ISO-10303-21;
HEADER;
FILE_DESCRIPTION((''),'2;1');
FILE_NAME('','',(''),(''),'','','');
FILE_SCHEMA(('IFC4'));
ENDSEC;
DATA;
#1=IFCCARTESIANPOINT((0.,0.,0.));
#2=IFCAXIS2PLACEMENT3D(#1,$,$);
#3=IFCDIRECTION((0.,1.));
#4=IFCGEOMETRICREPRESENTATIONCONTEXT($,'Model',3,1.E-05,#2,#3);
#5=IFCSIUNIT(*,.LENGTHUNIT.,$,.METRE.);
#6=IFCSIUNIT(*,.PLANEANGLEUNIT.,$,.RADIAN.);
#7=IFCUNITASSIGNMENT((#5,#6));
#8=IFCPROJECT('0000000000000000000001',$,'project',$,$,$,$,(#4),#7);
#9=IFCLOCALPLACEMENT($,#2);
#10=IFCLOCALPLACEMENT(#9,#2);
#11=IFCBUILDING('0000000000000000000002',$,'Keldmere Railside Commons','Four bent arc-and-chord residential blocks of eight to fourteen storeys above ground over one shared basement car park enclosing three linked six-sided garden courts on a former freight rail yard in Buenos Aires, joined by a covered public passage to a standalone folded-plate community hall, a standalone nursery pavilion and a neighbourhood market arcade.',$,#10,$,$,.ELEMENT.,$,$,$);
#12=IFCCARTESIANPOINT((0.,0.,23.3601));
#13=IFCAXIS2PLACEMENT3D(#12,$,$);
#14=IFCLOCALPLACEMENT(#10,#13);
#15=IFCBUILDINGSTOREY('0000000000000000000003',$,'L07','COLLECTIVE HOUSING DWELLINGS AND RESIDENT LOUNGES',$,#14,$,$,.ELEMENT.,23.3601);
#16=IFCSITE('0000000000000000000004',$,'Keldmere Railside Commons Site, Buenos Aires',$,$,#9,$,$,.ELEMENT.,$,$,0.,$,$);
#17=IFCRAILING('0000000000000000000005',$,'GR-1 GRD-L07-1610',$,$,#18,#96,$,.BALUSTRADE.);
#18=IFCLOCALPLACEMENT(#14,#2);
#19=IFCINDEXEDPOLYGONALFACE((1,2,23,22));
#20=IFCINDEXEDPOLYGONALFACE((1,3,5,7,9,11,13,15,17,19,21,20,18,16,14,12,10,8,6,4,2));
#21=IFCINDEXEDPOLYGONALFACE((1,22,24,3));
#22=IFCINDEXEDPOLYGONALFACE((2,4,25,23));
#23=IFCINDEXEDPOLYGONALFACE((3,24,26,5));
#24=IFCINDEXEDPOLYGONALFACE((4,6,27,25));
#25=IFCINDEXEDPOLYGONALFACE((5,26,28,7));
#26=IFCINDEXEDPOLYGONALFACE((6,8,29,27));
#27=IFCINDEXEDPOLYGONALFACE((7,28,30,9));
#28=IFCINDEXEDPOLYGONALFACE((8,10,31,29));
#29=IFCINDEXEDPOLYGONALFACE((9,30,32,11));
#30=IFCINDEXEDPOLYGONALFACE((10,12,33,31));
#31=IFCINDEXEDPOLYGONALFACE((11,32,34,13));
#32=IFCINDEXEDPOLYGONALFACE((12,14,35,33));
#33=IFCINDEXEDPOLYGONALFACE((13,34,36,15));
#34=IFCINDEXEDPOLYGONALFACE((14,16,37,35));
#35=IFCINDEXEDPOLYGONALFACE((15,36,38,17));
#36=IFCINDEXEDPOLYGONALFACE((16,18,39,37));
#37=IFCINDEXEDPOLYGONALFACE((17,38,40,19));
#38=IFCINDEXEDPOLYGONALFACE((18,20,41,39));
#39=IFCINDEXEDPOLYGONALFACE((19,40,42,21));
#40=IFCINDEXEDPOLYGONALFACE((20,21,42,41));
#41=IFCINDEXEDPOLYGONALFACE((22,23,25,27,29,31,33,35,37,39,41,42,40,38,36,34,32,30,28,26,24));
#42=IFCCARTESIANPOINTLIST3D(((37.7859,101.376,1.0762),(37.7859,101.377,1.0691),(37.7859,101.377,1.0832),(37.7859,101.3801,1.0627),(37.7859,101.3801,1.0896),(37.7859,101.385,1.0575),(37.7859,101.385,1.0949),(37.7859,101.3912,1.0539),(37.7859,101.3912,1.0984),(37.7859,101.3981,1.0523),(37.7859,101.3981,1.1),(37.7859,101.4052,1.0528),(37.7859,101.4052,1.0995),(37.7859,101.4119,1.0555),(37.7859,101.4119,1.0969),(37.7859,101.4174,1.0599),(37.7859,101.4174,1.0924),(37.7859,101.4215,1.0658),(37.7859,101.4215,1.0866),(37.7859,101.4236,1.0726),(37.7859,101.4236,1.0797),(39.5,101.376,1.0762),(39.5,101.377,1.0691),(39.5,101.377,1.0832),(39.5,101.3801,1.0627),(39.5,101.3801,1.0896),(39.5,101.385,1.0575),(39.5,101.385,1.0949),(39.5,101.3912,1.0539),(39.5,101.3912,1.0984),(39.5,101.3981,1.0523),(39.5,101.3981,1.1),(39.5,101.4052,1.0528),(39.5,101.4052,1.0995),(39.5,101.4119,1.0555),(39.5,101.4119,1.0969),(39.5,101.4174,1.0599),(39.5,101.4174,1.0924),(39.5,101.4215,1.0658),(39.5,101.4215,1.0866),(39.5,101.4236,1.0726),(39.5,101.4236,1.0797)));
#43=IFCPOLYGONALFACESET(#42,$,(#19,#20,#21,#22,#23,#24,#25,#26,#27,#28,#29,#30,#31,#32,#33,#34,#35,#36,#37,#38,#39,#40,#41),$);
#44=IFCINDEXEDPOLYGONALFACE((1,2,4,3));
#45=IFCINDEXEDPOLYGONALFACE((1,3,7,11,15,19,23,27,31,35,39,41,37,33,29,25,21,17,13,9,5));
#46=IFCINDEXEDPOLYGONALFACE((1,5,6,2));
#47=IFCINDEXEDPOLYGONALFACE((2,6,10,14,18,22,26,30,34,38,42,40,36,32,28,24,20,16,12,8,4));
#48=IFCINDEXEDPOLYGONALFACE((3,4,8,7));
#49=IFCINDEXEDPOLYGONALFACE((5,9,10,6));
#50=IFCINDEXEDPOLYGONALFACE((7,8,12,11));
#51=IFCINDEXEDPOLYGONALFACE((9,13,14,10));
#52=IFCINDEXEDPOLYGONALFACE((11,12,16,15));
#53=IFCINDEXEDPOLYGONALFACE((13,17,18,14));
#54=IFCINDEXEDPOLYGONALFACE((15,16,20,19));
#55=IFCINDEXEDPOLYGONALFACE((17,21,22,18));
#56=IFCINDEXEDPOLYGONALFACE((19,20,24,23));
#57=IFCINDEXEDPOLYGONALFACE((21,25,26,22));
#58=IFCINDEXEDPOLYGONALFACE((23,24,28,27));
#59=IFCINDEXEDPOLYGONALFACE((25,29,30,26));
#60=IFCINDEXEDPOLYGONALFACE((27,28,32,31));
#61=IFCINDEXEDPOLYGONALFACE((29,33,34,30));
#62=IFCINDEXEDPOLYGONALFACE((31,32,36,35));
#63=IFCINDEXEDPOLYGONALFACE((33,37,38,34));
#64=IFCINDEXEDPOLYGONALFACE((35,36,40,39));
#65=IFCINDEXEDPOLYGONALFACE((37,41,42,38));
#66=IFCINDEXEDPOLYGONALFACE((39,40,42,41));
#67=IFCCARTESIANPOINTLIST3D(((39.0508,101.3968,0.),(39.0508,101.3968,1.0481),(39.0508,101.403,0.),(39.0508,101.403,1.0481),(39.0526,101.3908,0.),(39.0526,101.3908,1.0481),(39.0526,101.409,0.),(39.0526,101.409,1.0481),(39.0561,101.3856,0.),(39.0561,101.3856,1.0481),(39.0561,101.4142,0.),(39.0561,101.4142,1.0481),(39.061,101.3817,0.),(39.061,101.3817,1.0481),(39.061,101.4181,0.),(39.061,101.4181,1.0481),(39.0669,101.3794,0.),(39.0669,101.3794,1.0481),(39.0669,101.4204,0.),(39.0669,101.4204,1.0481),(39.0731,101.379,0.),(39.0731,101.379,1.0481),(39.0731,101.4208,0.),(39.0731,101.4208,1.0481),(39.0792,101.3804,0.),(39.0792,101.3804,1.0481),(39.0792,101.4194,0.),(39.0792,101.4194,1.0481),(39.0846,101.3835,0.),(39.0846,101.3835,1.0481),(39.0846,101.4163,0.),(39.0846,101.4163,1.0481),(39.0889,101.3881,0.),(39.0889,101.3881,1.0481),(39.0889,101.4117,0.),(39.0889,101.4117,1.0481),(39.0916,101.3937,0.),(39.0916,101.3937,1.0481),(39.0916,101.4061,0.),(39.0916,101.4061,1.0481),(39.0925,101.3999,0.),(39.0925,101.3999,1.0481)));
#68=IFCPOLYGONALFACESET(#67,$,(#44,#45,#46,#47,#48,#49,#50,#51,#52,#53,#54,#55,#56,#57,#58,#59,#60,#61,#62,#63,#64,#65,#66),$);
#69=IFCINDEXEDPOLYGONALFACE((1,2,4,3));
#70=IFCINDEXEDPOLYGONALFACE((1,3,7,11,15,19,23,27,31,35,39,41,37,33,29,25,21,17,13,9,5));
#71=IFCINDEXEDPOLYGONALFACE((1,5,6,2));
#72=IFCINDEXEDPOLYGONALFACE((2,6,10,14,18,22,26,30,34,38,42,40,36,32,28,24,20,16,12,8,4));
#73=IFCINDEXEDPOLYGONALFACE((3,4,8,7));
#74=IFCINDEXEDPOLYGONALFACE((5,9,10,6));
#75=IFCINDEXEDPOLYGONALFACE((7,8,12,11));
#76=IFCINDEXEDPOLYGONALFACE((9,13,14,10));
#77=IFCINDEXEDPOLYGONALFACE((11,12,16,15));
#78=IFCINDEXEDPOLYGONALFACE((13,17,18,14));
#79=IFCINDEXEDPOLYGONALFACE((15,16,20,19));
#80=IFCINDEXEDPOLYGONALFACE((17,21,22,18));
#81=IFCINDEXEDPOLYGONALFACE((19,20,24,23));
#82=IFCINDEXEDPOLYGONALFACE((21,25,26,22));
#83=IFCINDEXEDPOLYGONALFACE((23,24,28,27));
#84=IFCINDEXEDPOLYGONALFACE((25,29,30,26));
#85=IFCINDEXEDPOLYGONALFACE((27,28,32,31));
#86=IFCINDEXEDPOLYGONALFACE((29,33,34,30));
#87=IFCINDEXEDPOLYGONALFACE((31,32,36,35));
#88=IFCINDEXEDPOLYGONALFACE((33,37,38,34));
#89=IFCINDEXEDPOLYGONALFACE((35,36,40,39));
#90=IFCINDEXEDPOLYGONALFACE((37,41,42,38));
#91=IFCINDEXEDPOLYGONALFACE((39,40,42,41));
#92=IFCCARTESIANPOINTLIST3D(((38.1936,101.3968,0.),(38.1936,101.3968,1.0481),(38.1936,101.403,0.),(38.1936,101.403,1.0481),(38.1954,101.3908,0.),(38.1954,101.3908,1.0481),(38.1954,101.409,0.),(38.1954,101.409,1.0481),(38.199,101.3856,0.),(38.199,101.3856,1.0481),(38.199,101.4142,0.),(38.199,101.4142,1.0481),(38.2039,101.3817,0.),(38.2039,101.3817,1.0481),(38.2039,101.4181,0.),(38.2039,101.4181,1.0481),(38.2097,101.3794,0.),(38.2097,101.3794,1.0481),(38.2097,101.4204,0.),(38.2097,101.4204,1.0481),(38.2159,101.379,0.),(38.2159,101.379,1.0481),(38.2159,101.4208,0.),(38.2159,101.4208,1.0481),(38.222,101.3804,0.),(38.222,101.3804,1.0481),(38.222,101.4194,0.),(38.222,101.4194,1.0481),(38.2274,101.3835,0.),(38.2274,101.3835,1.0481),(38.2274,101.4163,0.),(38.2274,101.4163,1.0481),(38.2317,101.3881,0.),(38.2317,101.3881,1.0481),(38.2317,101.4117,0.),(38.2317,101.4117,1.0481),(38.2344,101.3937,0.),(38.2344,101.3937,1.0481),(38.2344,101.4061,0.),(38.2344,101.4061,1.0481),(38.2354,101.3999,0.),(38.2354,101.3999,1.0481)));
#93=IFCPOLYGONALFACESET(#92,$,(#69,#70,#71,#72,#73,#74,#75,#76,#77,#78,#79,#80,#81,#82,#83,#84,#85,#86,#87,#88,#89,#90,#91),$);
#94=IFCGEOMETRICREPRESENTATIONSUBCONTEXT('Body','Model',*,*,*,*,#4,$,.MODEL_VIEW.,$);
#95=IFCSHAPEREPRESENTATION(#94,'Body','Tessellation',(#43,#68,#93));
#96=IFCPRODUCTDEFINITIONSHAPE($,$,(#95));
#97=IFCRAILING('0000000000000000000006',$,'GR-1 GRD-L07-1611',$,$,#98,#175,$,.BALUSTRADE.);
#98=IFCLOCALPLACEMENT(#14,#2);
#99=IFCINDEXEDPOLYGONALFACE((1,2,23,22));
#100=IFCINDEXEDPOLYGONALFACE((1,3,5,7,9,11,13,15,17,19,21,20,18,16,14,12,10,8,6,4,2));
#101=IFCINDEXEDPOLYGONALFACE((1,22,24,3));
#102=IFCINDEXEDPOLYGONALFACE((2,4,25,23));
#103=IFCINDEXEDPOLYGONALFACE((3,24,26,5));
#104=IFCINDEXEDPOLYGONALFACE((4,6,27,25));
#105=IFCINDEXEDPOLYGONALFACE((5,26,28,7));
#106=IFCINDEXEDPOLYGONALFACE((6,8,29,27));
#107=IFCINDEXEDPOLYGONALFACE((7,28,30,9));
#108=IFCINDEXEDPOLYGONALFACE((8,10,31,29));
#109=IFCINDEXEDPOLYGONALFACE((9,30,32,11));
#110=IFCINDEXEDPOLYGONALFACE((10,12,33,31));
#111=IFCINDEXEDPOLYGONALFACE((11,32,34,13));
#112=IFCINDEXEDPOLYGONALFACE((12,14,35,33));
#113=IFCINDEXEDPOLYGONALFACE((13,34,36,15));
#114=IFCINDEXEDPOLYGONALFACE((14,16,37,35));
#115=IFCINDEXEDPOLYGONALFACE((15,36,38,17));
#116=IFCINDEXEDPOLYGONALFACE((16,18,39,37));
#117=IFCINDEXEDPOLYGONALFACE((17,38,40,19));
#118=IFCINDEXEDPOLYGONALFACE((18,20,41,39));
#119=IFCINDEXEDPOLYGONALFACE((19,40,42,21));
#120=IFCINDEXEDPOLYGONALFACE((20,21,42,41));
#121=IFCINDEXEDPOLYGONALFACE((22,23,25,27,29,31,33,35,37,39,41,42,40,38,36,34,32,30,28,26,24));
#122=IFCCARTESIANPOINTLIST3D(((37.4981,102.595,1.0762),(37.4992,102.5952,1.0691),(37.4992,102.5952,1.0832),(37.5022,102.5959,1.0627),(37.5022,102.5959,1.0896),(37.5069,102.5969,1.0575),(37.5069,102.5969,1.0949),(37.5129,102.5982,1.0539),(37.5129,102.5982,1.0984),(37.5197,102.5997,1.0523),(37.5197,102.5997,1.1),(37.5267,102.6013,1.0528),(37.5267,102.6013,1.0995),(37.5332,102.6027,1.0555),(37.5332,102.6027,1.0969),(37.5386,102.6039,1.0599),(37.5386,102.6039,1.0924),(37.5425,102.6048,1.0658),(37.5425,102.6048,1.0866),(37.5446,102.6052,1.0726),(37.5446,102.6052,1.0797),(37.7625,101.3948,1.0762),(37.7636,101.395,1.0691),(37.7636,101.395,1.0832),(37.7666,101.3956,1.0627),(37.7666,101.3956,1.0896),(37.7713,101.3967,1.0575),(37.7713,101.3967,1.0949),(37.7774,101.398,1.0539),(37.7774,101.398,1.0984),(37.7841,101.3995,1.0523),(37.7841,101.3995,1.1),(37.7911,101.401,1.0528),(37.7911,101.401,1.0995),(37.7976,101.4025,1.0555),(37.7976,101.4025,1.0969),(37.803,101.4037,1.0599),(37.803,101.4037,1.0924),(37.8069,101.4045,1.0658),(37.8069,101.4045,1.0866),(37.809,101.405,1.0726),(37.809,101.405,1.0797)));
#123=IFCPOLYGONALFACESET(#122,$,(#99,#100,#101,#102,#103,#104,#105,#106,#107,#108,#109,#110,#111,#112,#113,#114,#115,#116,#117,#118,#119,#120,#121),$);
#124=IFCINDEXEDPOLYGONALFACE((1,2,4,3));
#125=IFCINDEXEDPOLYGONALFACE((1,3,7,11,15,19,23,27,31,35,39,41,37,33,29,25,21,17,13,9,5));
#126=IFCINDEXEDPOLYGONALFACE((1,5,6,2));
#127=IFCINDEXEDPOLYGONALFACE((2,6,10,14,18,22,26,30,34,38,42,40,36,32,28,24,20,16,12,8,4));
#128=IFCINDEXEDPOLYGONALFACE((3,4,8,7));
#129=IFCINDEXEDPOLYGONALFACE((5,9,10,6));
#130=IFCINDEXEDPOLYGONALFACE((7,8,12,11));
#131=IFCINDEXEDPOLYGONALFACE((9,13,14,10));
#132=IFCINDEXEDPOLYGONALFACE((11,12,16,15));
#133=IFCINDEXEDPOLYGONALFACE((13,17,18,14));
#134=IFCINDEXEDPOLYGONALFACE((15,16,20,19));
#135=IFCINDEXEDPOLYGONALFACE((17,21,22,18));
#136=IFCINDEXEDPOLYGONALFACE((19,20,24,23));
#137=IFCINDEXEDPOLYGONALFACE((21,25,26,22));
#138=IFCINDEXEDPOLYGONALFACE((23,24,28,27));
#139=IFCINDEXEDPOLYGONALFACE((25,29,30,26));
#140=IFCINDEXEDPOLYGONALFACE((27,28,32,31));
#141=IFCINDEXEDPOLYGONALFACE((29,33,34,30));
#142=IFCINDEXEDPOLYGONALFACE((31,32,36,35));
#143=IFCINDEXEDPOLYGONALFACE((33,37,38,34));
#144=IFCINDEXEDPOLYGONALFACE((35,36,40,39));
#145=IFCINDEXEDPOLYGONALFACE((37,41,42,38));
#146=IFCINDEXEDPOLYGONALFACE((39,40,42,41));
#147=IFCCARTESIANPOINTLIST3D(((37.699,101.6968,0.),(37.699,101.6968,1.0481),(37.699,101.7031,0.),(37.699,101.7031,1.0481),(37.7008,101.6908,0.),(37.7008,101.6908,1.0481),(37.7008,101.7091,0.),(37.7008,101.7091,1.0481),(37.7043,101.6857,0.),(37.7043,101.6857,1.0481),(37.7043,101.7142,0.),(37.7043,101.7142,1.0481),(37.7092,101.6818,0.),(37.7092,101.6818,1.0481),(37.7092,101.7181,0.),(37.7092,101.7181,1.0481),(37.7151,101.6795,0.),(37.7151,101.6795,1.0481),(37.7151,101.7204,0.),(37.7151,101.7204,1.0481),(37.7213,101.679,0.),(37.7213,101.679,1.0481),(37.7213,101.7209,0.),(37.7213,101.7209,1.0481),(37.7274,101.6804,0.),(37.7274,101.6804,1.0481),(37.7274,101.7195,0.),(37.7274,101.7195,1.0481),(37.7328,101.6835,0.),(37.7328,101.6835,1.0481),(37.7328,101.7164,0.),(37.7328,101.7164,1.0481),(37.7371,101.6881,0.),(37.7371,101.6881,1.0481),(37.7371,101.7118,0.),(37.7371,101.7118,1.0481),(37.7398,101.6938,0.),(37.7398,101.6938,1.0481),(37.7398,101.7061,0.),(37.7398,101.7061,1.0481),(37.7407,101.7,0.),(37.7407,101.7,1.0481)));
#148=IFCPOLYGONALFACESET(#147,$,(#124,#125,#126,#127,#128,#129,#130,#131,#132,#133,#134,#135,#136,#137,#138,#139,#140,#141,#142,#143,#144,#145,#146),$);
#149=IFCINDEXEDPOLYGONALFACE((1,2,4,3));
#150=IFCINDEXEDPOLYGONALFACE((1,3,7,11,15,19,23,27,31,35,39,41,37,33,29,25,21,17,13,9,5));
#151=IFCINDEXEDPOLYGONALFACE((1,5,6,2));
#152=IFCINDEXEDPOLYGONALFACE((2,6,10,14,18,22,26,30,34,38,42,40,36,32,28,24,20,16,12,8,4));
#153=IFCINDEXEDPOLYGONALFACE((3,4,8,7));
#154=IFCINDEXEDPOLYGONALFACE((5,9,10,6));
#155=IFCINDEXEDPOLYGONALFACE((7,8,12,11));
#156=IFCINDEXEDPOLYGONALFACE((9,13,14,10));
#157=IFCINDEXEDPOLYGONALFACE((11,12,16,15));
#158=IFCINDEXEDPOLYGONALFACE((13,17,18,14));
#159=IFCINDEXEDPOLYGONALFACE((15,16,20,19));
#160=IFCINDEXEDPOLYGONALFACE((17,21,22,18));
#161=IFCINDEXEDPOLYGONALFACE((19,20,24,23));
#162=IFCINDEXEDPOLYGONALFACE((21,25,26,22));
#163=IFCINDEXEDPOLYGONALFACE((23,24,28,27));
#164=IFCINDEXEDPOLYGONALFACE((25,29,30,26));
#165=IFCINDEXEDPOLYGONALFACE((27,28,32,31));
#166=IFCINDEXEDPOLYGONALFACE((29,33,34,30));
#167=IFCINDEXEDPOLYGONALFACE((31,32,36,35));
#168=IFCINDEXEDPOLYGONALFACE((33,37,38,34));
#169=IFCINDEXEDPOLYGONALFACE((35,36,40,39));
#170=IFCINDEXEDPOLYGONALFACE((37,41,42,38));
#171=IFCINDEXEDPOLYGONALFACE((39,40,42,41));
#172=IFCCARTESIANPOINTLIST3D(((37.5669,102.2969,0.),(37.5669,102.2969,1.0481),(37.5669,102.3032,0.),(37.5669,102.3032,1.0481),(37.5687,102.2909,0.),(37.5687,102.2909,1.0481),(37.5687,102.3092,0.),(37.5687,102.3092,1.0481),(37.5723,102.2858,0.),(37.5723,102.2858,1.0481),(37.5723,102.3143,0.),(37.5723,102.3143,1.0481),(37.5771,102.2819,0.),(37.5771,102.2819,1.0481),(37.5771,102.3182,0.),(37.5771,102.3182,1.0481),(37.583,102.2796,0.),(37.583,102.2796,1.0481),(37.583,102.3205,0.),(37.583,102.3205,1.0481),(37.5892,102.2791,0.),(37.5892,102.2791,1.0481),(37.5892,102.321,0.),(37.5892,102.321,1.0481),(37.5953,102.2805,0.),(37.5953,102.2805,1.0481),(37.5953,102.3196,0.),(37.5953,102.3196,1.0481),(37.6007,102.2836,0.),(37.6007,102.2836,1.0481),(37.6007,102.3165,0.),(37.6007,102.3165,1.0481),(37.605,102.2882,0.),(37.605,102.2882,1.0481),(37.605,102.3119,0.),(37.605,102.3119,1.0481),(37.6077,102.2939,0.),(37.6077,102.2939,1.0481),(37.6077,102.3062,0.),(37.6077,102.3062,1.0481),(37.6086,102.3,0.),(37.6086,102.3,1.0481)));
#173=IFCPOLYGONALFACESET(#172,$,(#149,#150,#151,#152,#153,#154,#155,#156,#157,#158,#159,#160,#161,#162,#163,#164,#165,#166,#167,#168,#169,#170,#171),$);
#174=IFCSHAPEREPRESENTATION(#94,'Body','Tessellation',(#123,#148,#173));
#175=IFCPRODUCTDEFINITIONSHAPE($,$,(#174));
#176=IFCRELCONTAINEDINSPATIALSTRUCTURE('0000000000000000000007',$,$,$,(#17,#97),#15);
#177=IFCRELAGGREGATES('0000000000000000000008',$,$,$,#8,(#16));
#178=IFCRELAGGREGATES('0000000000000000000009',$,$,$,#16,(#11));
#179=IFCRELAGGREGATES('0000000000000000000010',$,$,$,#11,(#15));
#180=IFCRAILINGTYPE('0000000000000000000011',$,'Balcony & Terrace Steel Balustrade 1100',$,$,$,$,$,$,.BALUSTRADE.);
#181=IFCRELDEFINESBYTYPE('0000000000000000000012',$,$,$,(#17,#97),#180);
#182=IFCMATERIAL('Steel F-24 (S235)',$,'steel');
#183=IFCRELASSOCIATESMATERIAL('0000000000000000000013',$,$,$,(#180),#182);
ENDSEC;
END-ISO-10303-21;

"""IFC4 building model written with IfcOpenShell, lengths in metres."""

from ifc_helpers import new_model, si_unit, direction, frame, origin, origin_2d, place, context, subcontext, project, spatial, circle, extrude, material, type_object, element, save


model = new_model("IFC4")

# Units and contexts
model_context = context("Model", 3, precision=1e-05, world=origin(), true_north=direction((0.0, 1.0)))
body_context = subcontext(model_context, "Body", "Model", "MODEL_VIEW")
ifc_project = project(units=[si_unit("LENGTHUNIT", "METRE"), si_unit("PLANEANGLEUNIT", "RADIAN")], contexts=[model_context])

# Site, building, storey
site_placement = place(None, origin())
site = spatial("IfcSite", under=ifc_project, at=site_placement, Name="Keldmere Railside Commons Site, Buenos Aires", CompositionType="ELEMENT", RefElevation=0.0)
building_placement = place(site_placement, origin())
building = spatial("IfcBuilding", under=site, at=building_placement, Name="Keldmere Railside Commons", Description="Four bent arc-and-chord residential blocks of eight to fourteen storeys above ground over one shared basement car park enclosing three linked six-sided garden courts on a former freight rail yard in Buenos Aires, joined by a covered public passage to a standalone folded-plate community hall, a standalone nursery pavilion and a neighbourhood market arcade.", CompositionType="ELEMENT")
storey_placement = place(building_placement, frame((0.0, 0.0, 23.3601)))
storey = spatial("IfcBuildingStorey", under=building, at=storey_placement, Name="L07", Description="COLLECTIVE HOUSING DWELLINGS AND RESIDENT LOUNGES", CompositionType="ELEMENT", Elevation=23.3601)

# Shared definitions
ifc_material_1 = material(Name="Steel F-24 (S235)", Category="steel")

# Railings
railing_type_1 = type_object("IfcRailingType", Name="Balcony & Terrace Steel Balustrade 1100", PredefinedType="BALUSTRADE", material=ifc_material_1)
railing_1_placement = place(storey_placement, frame((39.5, 101.3999, 0.0)))
element("IfcRailing", 1, at=railing_1_placement, inside=storey, type_object=railing_type_1, Name="GR-1 GRD-L07-1610", PredefinedType="BALUSTRADE", context=body_context, shape_type="SweptSolid", body=[
    extrude(circle(Radius=0.0239, at=origin_2d()), frame((0.0, 0.0, 1.0762), z_axis=(-1.0, 0.0, 0.0), x_axis=(0.0, -1.0, 0.0)), (0.0, 0.0, 1.0), 1.7141),
    extrude(circle(Radius=0.021, at=origin_2d()), frame((-0.4285, 0.0, 0.0)), (0.0, 0.0, 1.0), 1.0481),
    extrude(circle(Radius=0.021, at=origin_2d()), frame((-1.2856, 0.0, 0.0)), (0.0, 0.0, 1.0), 1.0481),
])
railing_2_placement = place(storey_placement, frame((37.7859, 101.3999, 0.0)))
element("IfcRailing", 2, at=railing_2_placement, inside=storey, type_object=railing_type_1, Name="GR-1 GRD-L07-1611", PredefinedType="BALUSTRADE", context=body_context, shape_type="SweptSolid", body=[
    extrude(circle(Radius=0.0239, at=origin_2d()), frame((0.0, 0.0, 1.0762), z_axis=(-0.215142, 0.976583, 0.0), x_axis=(-0.976583, -0.215142, 0.0)), (0.0, 0.0, 1.0), 1.229),
    extrude(circle(Radius=0.021, at=origin_2d()), frame((-0.0662, 0.3, 0.0)), (0.0, 0.0, 1.0), 1.0481),
    extrude(circle(Radius=0.021, at=origin_2d()), frame((-0.1982, 0.9001, 0.0)), (0.0, 0.0, 1.0), 1.0481),
])

save(model, "model.ifc")
